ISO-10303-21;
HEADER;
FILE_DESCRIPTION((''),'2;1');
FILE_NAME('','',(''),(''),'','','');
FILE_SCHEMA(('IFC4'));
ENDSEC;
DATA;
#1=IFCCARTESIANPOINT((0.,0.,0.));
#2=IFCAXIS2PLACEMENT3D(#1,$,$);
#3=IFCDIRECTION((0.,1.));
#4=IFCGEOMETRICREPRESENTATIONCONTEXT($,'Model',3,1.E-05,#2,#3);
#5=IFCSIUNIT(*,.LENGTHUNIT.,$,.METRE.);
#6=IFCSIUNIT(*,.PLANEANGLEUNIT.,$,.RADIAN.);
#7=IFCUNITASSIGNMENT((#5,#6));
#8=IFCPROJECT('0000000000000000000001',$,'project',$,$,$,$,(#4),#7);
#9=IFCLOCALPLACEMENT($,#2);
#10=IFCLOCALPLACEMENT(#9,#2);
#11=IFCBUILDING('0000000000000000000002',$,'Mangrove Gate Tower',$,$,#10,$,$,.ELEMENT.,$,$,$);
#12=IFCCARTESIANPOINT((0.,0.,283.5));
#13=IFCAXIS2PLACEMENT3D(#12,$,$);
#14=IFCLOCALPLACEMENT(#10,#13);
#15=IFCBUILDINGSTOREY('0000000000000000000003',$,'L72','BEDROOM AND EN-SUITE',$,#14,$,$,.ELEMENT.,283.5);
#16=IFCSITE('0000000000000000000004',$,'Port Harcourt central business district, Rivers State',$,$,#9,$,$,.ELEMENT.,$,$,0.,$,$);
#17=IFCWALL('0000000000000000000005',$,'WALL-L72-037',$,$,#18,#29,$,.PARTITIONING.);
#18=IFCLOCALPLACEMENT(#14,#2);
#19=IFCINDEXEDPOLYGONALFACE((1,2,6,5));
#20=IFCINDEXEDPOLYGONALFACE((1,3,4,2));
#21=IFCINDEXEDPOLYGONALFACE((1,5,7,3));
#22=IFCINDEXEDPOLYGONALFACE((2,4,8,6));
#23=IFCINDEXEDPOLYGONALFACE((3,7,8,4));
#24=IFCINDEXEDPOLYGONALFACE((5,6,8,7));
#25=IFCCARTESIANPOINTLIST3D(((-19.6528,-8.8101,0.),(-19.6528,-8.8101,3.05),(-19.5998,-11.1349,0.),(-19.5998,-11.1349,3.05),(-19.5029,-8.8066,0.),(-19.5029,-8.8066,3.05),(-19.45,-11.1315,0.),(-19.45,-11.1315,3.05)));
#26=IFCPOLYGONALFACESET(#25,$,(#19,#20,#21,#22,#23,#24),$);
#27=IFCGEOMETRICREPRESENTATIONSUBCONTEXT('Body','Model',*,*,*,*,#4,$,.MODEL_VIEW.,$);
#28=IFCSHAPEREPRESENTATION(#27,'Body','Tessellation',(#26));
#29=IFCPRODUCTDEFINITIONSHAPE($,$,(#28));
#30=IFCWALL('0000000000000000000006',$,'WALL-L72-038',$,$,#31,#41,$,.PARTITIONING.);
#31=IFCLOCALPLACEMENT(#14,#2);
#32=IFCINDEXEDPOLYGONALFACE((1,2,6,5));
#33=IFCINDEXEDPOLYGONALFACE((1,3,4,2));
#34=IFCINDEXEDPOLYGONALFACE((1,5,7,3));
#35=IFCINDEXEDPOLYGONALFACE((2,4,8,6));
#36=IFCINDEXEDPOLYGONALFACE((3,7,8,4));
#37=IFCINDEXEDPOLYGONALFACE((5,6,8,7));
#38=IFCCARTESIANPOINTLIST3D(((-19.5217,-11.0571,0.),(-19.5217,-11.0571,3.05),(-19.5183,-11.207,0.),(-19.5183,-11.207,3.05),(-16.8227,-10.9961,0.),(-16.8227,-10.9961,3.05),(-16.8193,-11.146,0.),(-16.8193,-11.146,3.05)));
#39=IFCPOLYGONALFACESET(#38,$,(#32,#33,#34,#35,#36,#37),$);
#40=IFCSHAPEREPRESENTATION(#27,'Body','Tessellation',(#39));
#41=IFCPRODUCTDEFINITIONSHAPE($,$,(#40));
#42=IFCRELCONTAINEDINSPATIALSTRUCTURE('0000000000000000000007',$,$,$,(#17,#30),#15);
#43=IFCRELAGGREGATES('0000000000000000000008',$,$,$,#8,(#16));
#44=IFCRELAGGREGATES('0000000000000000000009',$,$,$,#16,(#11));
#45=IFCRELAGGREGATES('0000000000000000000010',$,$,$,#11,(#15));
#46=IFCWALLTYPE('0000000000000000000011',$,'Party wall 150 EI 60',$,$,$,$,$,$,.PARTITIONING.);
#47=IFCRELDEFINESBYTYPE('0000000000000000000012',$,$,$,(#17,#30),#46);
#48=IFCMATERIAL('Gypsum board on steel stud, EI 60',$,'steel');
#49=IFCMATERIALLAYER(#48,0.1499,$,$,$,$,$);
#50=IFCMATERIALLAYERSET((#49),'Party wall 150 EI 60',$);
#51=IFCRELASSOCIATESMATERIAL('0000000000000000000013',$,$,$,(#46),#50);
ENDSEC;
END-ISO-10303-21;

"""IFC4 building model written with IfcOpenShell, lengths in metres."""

from ifc_helpers import new_model, si_unit, direction, frame, frame_2d, origin, place, context, subcontext, project, spatial, rectangle, extrude, material, layer, layer_set, type_object, element, save


model = new_model("IFC4")

# Units and contexts
model_context = context("Model", 3, precision=1e-05, world=origin(), true_north=direction((0.0, 1.0)))
body_context = subcontext(model_context, "Body", "Model", "MODEL_VIEW")
ifc_project = project(units=[si_unit("LENGTHUNIT", "METRE"), si_unit("PLANEANGLEUNIT", "RADIAN")], contexts=[model_context])

# Site, building, storey
site_placement = place(None, origin())
site = spatial("IfcSite", under=ifc_project, at=site_placement, Name="Port Harcourt central business district, Rivers State", CompositionType="ELEMENT", RefElevation=0.0)
building_placement = place(site_placement, origin())
building = spatial("IfcBuilding", under=site, at=building_placement, Name="Mangrove Gate Tower", CompositionType="ELEMENT")
storey_placement = place(building_placement, frame((0.0, 0.0, 283.5)))
storey = spatial("IfcBuildingStorey", under=building, at=storey_placement, Name="L72", Description="BEDROOM AND EN-SUITE", CompositionType="ELEMENT", Elevation=283.5)

# Walls
ifc_material_1 = material(Name="Gypsum board on steel stud, EI 60", Category="steel")
ifc_layer_1 = layer(ifc_material_1, 0.1499)
ifc_layer_set_1 = layer_set([ifc_layer_1], Name="Party wall 150 EI 60")
wall_type_1 = type_object("IfcWallType", Name="Party wall 150 EI 60", PredefinedType="PARTITIONING", material=ifc_layer_set_1)
wall_1_placement = place(storey_placement, frame((-19.5249, -11.1331, 0.0), z_axis=(0.0, 0.0, 1.0), x_axis=(-0.022781, 0.99974, 0.0)))
element("IfcWall", 1, at=wall_1_placement, inside=storey, type_object=wall_type_1, Name="WALL-L72-037", PredefinedType="PARTITIONING", context=body_context, shape_type="SweptSolid", body=[
    extrude(rectangle(XDim=2.3254, YDim=0.1499, at=frame_2d((1.1626, 0.0))), origin(), (0.0, 0.0, 1.0), 3.05),
])
wall_2_placement = place(storey_placement, frame((-19.52, -11.1321, 0.0), z_axis=(0.0, 0.0, 1.0), x_axis=(0.999744, 0.022608, 0.0)))
element("IfcWall", 2, at=wall_2_placement, inside=storey, type_object=wall_type_1, Name="WALL-L72-038", PredefinedType="PARTITIONING", context=body_context, shape_type="SweptSolid", body=[
    extrude(rectangle(XDim=2.6997, YDim=0.1499, at=frame_2d((1.3499, 0.0))), origin(), (0.0, 0.0, 1.0), 3.05),
])

save(model, "model.ifc")
